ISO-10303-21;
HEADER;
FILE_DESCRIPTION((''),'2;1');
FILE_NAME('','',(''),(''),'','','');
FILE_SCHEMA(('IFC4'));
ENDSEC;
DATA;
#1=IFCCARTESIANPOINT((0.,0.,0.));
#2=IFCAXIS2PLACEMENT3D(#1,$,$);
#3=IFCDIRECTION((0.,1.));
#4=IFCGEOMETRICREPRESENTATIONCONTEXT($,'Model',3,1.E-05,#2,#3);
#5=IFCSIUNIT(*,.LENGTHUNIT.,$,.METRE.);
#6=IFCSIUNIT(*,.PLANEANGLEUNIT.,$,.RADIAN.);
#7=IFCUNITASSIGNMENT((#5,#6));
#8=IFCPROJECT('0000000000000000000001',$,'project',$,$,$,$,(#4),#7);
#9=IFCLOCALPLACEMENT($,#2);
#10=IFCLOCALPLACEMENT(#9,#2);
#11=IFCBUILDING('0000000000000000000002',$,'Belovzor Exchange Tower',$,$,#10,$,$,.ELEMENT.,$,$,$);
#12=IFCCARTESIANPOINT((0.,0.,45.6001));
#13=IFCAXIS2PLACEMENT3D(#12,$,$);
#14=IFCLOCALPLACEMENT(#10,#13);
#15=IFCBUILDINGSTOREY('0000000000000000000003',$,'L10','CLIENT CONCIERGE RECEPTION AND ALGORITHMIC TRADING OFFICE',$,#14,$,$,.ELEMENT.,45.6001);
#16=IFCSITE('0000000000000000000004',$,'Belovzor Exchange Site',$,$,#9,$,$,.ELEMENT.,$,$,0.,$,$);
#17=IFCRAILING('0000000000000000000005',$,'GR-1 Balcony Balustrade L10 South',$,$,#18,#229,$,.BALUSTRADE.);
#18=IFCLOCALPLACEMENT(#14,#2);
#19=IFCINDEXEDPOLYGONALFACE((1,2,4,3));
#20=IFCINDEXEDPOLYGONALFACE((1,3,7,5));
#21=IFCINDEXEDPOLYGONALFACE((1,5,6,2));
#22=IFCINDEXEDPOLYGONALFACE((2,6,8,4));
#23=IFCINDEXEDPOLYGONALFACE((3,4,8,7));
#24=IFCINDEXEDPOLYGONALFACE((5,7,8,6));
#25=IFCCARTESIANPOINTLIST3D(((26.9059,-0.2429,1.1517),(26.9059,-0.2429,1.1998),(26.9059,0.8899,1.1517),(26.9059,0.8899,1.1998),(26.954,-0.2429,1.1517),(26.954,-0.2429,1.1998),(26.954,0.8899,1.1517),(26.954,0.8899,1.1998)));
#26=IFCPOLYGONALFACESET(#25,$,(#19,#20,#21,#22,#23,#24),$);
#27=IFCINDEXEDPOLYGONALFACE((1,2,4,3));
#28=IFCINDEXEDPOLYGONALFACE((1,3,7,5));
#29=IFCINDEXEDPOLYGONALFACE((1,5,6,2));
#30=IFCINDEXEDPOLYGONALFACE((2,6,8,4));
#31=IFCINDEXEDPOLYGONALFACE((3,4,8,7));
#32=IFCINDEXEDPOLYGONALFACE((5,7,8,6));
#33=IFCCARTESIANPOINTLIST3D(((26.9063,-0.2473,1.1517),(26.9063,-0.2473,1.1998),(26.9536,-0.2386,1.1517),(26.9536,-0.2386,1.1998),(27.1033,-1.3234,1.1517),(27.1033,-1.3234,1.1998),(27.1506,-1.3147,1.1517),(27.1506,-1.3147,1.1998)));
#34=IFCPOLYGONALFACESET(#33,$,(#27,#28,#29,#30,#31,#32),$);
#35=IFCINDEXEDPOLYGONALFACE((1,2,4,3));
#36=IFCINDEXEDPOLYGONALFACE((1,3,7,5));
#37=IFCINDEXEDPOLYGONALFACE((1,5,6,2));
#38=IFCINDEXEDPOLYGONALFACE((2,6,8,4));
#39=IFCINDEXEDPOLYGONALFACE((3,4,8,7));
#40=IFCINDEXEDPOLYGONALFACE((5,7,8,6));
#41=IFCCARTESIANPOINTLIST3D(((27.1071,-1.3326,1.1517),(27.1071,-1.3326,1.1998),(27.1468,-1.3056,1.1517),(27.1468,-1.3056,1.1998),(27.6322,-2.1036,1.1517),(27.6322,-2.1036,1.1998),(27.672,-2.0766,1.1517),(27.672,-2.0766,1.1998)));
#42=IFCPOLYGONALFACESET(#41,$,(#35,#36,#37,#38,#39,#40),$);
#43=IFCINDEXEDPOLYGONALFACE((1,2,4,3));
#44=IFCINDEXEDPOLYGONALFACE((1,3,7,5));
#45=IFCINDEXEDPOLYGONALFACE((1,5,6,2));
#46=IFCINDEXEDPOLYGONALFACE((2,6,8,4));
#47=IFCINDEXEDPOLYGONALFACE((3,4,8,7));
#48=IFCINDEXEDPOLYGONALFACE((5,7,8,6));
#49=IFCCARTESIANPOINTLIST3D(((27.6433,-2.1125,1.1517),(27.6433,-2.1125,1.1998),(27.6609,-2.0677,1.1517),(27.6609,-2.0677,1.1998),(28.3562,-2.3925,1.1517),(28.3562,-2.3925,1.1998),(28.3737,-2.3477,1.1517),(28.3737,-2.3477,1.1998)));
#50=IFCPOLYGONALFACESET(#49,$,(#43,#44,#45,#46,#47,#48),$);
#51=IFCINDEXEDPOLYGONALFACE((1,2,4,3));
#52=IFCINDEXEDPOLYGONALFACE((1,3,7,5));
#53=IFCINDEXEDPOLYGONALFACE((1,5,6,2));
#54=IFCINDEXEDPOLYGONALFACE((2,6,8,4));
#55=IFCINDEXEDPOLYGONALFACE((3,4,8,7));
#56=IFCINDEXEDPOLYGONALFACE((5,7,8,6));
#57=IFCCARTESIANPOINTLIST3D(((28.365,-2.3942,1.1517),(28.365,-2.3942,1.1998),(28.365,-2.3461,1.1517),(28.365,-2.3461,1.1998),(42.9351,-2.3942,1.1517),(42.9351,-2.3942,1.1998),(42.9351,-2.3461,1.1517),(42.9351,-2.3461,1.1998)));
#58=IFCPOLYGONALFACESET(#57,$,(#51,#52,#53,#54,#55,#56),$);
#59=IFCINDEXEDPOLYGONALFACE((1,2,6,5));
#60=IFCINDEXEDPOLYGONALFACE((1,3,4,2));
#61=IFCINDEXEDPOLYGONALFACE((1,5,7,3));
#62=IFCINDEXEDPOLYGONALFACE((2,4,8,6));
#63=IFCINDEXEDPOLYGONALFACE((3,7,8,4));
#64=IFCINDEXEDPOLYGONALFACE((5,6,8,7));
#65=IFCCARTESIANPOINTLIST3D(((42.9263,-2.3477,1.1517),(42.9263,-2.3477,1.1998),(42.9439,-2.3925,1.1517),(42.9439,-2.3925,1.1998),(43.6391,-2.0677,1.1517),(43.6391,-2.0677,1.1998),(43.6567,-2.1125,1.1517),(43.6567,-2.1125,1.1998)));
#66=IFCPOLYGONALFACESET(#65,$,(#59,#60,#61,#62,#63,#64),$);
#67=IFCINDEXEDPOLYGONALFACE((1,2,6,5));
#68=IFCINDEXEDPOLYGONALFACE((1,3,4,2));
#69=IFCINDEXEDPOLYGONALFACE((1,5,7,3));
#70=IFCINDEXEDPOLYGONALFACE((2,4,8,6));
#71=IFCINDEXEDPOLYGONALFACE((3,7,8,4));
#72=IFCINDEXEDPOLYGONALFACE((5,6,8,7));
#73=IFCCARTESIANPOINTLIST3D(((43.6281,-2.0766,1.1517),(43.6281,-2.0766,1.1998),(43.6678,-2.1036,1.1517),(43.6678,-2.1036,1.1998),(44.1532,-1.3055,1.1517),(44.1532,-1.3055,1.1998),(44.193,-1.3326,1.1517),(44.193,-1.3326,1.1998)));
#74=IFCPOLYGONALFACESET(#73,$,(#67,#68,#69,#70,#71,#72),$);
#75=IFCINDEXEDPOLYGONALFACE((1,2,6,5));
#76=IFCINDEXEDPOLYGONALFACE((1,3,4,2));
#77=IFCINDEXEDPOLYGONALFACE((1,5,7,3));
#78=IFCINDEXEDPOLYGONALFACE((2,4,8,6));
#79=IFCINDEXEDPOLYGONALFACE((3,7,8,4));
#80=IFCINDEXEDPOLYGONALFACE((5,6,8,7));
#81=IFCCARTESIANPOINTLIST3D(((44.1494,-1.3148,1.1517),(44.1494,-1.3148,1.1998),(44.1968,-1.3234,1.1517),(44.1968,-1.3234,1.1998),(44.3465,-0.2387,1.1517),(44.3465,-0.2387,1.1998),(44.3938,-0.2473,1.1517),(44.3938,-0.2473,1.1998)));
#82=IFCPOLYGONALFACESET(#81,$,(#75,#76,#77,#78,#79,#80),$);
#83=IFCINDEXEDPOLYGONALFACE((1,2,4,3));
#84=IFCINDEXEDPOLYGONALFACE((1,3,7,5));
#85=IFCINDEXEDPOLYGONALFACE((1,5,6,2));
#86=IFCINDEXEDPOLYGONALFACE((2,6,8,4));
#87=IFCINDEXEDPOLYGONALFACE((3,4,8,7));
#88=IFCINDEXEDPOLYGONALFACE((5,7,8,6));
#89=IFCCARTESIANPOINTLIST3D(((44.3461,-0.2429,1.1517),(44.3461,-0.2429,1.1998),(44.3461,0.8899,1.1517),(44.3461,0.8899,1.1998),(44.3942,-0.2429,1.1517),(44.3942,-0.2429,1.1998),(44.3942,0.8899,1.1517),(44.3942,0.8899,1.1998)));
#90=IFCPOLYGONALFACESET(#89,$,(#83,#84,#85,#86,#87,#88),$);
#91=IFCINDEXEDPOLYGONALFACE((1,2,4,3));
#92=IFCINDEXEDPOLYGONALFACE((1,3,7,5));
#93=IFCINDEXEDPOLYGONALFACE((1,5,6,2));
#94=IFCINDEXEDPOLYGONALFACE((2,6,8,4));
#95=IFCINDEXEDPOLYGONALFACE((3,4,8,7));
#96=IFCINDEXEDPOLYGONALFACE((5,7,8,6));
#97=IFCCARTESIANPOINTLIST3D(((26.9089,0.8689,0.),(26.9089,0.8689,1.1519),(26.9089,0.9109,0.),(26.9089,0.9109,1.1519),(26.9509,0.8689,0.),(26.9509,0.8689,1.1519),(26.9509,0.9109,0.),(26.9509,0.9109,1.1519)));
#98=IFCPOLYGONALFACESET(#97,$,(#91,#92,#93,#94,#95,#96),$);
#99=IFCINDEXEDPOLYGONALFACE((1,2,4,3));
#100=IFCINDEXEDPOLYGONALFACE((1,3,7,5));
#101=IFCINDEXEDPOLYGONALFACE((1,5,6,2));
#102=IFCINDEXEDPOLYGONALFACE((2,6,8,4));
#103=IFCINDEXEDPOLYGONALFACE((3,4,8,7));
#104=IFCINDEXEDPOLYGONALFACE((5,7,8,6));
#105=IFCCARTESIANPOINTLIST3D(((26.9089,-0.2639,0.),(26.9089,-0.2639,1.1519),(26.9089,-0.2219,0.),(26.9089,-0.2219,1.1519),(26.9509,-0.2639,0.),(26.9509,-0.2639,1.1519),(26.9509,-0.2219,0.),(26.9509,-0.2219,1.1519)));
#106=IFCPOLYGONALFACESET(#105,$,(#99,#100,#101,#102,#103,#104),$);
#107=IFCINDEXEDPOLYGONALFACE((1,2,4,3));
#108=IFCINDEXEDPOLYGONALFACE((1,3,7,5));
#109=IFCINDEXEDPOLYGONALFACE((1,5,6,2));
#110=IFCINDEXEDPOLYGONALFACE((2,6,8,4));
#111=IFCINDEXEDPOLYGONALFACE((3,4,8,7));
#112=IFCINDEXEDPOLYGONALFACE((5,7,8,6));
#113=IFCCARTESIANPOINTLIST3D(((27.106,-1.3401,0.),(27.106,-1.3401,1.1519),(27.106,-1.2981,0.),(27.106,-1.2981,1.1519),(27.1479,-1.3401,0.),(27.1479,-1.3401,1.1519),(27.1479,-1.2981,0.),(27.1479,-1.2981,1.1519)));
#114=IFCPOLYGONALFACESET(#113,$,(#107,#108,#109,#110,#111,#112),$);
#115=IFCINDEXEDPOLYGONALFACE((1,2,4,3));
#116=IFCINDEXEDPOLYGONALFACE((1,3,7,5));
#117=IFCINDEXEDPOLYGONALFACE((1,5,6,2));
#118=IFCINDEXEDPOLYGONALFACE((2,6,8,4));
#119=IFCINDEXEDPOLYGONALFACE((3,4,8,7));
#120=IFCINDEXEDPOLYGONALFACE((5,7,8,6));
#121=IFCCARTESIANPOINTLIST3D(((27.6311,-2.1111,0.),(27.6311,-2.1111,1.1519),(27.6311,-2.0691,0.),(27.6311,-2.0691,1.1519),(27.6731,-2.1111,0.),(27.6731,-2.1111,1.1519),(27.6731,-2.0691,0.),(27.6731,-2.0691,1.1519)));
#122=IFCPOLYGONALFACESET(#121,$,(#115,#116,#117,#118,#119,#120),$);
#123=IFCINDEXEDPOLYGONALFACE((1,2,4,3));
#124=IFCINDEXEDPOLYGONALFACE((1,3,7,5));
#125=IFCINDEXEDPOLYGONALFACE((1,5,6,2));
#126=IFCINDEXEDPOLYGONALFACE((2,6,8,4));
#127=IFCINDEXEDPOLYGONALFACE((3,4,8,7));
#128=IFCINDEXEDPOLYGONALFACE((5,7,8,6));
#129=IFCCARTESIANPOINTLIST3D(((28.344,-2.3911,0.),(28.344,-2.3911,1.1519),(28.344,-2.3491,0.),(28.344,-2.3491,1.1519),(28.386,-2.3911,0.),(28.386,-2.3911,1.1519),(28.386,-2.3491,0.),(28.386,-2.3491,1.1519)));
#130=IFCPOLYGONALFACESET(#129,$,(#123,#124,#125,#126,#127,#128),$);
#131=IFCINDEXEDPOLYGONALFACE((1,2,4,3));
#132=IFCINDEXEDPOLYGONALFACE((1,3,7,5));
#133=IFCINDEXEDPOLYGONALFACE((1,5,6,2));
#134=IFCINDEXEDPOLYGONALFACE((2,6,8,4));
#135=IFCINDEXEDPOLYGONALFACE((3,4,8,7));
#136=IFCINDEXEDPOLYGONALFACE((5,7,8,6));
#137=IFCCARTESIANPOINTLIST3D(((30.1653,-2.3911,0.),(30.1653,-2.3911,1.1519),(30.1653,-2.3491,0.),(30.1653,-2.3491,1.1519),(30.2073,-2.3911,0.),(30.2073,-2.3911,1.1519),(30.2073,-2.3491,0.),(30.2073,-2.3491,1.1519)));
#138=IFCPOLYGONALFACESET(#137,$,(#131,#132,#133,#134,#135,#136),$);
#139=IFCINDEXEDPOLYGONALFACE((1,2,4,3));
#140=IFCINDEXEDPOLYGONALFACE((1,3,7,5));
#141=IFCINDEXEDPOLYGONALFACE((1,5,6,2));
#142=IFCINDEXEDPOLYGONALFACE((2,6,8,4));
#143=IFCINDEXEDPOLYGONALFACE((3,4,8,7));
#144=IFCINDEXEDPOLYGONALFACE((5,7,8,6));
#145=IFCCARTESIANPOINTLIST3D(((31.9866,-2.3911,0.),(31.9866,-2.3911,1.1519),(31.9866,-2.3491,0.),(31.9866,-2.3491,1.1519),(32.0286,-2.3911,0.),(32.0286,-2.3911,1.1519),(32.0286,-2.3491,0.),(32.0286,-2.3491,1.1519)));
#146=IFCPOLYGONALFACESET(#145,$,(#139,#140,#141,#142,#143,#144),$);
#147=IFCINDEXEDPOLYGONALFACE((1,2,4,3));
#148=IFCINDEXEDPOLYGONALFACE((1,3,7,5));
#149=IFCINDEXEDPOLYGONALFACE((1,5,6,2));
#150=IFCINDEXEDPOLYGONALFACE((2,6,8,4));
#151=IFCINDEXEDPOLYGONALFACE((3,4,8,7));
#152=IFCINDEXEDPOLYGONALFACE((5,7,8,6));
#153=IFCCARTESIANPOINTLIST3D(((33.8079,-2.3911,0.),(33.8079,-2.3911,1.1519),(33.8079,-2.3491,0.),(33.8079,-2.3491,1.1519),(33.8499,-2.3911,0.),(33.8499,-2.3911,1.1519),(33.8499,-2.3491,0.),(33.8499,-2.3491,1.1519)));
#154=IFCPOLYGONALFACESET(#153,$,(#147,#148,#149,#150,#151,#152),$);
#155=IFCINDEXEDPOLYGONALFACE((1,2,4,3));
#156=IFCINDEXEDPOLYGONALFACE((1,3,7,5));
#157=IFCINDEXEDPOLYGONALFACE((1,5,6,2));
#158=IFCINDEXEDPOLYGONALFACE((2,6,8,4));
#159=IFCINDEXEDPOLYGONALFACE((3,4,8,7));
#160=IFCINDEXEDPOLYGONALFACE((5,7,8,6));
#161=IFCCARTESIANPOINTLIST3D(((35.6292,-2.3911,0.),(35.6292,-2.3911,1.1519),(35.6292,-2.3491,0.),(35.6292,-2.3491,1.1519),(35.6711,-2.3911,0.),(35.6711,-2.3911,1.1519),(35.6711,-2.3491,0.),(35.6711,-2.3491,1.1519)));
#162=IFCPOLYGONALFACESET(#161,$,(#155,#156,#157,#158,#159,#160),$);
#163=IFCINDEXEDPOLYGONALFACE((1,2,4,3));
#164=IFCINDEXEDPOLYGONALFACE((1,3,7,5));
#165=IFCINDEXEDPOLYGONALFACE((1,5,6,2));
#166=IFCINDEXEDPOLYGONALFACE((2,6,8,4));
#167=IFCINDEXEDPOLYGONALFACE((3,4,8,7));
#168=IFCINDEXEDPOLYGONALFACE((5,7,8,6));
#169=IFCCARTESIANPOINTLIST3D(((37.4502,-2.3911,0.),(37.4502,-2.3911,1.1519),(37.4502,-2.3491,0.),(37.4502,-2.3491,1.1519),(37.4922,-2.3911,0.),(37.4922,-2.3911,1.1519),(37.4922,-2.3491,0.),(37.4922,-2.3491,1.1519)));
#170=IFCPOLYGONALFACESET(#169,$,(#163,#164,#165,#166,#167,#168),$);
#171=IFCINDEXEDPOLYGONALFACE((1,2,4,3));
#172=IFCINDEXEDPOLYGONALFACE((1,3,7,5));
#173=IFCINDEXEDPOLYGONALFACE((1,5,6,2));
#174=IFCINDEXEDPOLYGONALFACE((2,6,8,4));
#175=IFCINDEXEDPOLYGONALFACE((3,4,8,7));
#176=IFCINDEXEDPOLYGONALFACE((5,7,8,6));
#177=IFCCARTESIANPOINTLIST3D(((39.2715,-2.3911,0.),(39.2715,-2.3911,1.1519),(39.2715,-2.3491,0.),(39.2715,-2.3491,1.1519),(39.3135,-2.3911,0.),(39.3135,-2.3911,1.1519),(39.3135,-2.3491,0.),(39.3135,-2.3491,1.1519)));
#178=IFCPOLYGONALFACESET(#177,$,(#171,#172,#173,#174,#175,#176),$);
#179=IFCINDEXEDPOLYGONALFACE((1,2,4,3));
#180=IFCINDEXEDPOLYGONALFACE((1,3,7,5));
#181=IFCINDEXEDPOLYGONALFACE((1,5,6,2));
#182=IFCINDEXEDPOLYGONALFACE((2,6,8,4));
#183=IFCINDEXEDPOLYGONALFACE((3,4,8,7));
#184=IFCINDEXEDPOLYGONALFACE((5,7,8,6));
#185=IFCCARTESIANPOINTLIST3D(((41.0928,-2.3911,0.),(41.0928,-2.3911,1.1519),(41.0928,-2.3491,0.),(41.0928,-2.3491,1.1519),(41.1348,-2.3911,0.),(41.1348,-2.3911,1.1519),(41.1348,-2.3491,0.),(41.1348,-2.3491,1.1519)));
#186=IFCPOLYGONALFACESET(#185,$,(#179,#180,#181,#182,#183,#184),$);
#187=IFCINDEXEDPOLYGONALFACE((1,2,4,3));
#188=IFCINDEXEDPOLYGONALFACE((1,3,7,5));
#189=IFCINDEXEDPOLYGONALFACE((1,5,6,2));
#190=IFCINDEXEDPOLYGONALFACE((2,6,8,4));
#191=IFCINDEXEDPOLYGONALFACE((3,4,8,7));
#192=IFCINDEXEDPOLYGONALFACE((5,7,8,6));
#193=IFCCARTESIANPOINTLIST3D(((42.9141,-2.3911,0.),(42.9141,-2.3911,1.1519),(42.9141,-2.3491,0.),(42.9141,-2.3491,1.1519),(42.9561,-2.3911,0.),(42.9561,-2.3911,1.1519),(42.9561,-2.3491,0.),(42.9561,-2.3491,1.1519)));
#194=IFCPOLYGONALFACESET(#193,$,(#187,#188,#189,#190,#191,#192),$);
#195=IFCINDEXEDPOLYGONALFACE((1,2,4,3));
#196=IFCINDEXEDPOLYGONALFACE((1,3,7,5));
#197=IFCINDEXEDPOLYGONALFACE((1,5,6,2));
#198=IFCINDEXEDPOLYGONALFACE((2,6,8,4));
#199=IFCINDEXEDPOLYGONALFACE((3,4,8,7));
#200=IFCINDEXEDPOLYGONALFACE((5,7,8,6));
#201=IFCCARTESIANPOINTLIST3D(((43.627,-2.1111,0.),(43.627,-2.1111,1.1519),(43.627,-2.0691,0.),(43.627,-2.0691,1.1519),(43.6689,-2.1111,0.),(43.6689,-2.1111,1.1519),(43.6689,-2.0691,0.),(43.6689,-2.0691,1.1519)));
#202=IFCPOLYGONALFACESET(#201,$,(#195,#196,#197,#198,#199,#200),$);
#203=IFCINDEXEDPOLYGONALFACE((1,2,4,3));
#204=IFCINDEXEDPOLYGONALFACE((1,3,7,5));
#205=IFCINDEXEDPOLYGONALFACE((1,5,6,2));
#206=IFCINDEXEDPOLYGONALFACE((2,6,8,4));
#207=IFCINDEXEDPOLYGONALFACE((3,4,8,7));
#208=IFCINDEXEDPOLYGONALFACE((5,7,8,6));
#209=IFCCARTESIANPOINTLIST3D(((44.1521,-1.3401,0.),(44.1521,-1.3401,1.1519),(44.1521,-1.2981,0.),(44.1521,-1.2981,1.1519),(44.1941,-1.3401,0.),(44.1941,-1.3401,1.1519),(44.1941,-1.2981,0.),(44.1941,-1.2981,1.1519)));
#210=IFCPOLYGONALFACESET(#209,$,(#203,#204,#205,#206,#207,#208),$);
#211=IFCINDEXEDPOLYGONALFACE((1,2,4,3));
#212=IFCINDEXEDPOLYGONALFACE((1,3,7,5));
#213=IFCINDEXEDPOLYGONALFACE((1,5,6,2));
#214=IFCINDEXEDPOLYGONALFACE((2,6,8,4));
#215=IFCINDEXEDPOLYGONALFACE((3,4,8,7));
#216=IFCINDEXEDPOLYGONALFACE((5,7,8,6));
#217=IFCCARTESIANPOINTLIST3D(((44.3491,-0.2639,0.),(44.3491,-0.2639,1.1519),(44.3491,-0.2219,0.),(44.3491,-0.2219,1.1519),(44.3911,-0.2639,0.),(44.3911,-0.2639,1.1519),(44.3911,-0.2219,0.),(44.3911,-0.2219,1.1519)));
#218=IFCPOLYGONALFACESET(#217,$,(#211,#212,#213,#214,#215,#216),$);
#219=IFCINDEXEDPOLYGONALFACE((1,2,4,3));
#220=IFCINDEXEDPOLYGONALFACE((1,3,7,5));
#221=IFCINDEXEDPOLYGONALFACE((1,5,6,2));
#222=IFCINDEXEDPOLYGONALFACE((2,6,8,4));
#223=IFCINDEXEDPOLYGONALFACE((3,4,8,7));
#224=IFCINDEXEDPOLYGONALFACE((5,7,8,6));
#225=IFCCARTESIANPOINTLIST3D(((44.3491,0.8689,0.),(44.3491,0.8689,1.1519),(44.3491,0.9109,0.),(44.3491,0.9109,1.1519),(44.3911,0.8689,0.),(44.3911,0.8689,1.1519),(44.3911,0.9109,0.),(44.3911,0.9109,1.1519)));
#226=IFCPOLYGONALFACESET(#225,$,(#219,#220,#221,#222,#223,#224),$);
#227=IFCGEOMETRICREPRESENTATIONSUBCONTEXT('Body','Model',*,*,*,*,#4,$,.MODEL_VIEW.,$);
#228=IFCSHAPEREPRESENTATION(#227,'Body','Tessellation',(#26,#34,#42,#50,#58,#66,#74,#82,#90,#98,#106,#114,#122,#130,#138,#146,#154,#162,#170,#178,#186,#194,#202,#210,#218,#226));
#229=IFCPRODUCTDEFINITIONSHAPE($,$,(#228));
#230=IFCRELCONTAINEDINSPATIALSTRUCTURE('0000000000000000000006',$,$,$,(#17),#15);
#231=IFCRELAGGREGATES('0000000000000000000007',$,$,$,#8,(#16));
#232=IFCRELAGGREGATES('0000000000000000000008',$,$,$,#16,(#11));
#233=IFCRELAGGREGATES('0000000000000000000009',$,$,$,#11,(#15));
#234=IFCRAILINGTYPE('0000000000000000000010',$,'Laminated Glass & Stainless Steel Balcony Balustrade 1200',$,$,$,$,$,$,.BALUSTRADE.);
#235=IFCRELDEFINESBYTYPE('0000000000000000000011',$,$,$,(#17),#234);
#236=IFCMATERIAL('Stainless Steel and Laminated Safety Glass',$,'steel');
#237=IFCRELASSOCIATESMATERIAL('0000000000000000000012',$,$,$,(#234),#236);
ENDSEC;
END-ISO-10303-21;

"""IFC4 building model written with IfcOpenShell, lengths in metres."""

from ifc_helpers import new_model, si_unit, direction, frame, origin, origin_2d, place, context, subcontext, project, spatial, rectangle, extrude, material, type_object, element, save


model = new_model("IFC4")

# Units and contexts
model_context = context("Model", 3, precision=1e-05, world=origin(), true_north=direction((0.0, 1.0)))
body_context = subcontext(model_context, "Body", "Model", "MODEL_VIEW")
ifc_project = project(units=[si_unit("LENGTHUNIT", "METRE"), si_unit("PLANEANGLEUNIT", "RADIAN")], contexts=[model_context])

# Site, building, storey
site_placement = place(None, origin())
site = spatial("IfcSite", under=ifc_project, at=site_placement, Name="Belovzor Exchange Site", CompositionType="ELEMENT", RefElevation=0.0)
building_placement = place(site_placement, origin())
building = spatial("IfcBuilding", under=site, at=building_placement, Name="Belovzor Exchange Tower", CompositionType="ELEMENT")
storey_placement = place(building_placement, frame((0.0, 0.0, 45.6001)))
storey = spatial("IfcBuildingStorey", under=building, at=storey_placement, Name="L10", Description="CLIENT CONCIERGE RECEPTION AND ALGORITHMIC TRADING OFFICE", CompositionType="ELEMENT", Elevation=45.6001)

# Railing
ifc_material_1 = material(Name="Stainless Steel and Laminated Safety Glass", Category="steel")
railing_type = type_object("IfcRailingType", Name="Laminated Glass & Stainless Steel Balcony Balustrade 1200", PredefinedType="BALUSTRADE", material=ifc_material_1)
railing_placement = place(storey_placement, frame((26.9299, 0.8899, 0.0)))
element("IfcRailing", 1, at=railing_placement, inside=storey, type_object=railing_type, Name="GR-1 Balcony Balustrade L10 South", PredefinedType="BALUSTRADE", context=body_context, shape_type="SweptSolid", body=[
    extrude(rectangle(XDim=0.0481, YDim=0.0481, at=origin_2d()), frame((0.0, 0.0, 1.1758), z_axis=(0.0, -1.0, 0.0), x_axis=(1.0, 0.0, 0.0)), (0.0, 0.0, 1.0), 1.1328),
    extrude(rectangle(XDim=0.0481, YDim=0.0481, at=origin_2d()), frame((0.0, -1.1328, 1.1758), z_axis=(0.180083, -0.983651, 0.0), x_axis=(0.983651, 0.180083, 0.0)), (0.0, 0.0, 1.0), 1.094),
    extrude(rectangle(XDim=0.0481, YDim=0.0481, at=origin_2d()), frame((0.197, -2.209, 1.1758), z_axis=(0.562947, -0.826493, 0.0), x_axis=(0.826493, 0.562947, 0.0)), (0.0, 0.0, 1.0), 0.9329),
    extrude(rectangle(XDim=0.0481, YDim=0.0481, at=origin_2d()), frame((0.7222, -2.98, 1.1758), z_axis=(0.930767, -0.365613, 0.0), x_axis=(0.365613, 0.930767, 0.0)), (0.0, 0.0, 1.0), 0.7659),
    extrude(rectangle(XDim=0.0481, YDim=0.0481, at=origin_2d()), frame((1.4351, -3.26, 1.1758), z_axis=(1.0, 0.0, 0.0), x_axis=(0.0, 1.0, 0.0)), (0.0, 0.0, 1.0), 14.5701),
    extrude(rectangle(XDim=0.0481, YDim=0.0481, at=origin_2d()), frame((16.0051, -3.26, 1.1758), z_axis=(0.930767, 0.365613, 0.0), x_axis=(-0.365613, 0.930767, 0.0)), (0.0, 0.0, 1.0), 0.7659),
    extrude(rectangle(XDim=0.0481, YDim=0.0481, at=origin_2d()), frame((16.718, -2.98, 1.1758), z_axis=(0.562947, 0.826493, 0.0), x_axis=(-0.826493, 0.562947, 0.0)), (0.0, 0.0, 1.0), 0.9329),
    extrude(rectangle(XDim=0.0481, YDim=0.0481, at=origin_2d()), frame((17.2432, -2.209, 1.1758), z_axis=(0.180083, 0.983651, 0.0), x_axis=(-0.983651, 0.180083, 0.0)), (0.0, 0.0, 1.0), 1.094),
    extrude(rectangle(XDim=0.0481, YDim=0.0481, at=origin_2d()), frame((17.4402, -1.1328, 1.1758), z_axis=(0.0, 1.0, 0.0), x_axis=(-1.0, 0.0, 0.0)), (0.0, 0.0, 1.0), 1.1328),
    extrude(rectangle(XDim=0.042, YDim=0.042, at=origin_2d()), origin(), (0.0, 0.0, 1.0), 1.1519),
    extrude(rectangle(XDim=0.042, YDim=0.042, at=origin_2d()), frame((0.0, -1.1328, 0.0)), (0.0, 0.0, 1.0), 1.1519),
    extrude(rectangle(XDim=0.042, YDim=0.042, at=origin_2d()), frame((0.197, -2.209, 0.0)), (0.0, 0.0, 1.0), 1.1519),
    extrude(rectangle(XDim=0.042, YDim=0.042, at=origin_2d()), frame((0.7222, -2.98, 0.0)), (0.0, 0.0, 1.0), 1.1519),
    extrude(rectangle(XDim=0.042, YDim=0.042, at=origin_2d()), frame((1.4351, -3.26, 0.0)), (0.0, 0.0, 1.0), 1.1519),
    extrude(rectangle(XDim=0.042, YDim=0.042, at=origin_2d()), frame((3.2563, -3.26, 0.0)), (0.0, 0.0, 1.0), 1.1519),
    extrude(rectangle(XDim=0.042, YDim=0.042, at=origin_2d()), frame((5.0776, -3.26, 0.0)), (0.0, 0.0, 1.0), 1.1519),
    extrude(rectangle(XDim=0.042, YDim=0.042, at=origin_2d()), frame((6.8989, -3.26, 0.0)), (0.0, 0.0, 1.0), 1.1519),
    extrude(rectangle(XDim=0.042, YDim=0.042, at=origin_2d()), frame((8.7202, -3.26, 0.0)), (0.0, 0.0, 1.0), 1.1519),
    extrude(rectangle(XDim=0.042, YDim=0.042, at=origin_2d()), frame((10.5413, -3.26, 0.0)), (0.0, 0.0, 1.0), 1.1519),
    extrude(rectangle(XDim=0.042, YDim=0.042, at=origin_2d()), frame((12.3625, -3.26, 0.0)), (0.0, 0.0, 1.0), 1.1519),
    extrude(rectangle(XDim=0.042, YDim=0.042, at=origin_2d()), frame((14.1838, -3.26, 0.0)), (0.0, 0.0, 1.0), 1.1519),
    extrude(rectangle(XDim=0.042, YDim=0.042, at=origin_2d()), frame((16.0051, -3.26, 0.0)), (0.0, 0.0, 1.0), 1.1519),
    extrude(rectangle(XDim=0.042, YDim=0.042, at=origin_2d()), frame((16.718, -2.98, 0.0)), (0.0, 0.0, 1.0), 1.1519),
    extrude(rectangle(XDim=0.042, YDim=0.042, at=origin_2d()), frame((17.2432, -2.209, 0.0)), (0.0, 0.0, 1.0), 1.1519),
    extrude(rectangle(XDim=0.042, YDim=0.042, at=origin_2d()), frame((17.4402, -1.1328, 0.0)), (0.0, 0.0, 1.0), 1.1519),
    extrude(rectangle(XDim=0.042, YDim=0.042, at=origin_2d()), frame((17.4402, 0.0, 0.0)), (0.0, 0.0, 1.0), 1.1519),
])

save(model, "model.ifc")
